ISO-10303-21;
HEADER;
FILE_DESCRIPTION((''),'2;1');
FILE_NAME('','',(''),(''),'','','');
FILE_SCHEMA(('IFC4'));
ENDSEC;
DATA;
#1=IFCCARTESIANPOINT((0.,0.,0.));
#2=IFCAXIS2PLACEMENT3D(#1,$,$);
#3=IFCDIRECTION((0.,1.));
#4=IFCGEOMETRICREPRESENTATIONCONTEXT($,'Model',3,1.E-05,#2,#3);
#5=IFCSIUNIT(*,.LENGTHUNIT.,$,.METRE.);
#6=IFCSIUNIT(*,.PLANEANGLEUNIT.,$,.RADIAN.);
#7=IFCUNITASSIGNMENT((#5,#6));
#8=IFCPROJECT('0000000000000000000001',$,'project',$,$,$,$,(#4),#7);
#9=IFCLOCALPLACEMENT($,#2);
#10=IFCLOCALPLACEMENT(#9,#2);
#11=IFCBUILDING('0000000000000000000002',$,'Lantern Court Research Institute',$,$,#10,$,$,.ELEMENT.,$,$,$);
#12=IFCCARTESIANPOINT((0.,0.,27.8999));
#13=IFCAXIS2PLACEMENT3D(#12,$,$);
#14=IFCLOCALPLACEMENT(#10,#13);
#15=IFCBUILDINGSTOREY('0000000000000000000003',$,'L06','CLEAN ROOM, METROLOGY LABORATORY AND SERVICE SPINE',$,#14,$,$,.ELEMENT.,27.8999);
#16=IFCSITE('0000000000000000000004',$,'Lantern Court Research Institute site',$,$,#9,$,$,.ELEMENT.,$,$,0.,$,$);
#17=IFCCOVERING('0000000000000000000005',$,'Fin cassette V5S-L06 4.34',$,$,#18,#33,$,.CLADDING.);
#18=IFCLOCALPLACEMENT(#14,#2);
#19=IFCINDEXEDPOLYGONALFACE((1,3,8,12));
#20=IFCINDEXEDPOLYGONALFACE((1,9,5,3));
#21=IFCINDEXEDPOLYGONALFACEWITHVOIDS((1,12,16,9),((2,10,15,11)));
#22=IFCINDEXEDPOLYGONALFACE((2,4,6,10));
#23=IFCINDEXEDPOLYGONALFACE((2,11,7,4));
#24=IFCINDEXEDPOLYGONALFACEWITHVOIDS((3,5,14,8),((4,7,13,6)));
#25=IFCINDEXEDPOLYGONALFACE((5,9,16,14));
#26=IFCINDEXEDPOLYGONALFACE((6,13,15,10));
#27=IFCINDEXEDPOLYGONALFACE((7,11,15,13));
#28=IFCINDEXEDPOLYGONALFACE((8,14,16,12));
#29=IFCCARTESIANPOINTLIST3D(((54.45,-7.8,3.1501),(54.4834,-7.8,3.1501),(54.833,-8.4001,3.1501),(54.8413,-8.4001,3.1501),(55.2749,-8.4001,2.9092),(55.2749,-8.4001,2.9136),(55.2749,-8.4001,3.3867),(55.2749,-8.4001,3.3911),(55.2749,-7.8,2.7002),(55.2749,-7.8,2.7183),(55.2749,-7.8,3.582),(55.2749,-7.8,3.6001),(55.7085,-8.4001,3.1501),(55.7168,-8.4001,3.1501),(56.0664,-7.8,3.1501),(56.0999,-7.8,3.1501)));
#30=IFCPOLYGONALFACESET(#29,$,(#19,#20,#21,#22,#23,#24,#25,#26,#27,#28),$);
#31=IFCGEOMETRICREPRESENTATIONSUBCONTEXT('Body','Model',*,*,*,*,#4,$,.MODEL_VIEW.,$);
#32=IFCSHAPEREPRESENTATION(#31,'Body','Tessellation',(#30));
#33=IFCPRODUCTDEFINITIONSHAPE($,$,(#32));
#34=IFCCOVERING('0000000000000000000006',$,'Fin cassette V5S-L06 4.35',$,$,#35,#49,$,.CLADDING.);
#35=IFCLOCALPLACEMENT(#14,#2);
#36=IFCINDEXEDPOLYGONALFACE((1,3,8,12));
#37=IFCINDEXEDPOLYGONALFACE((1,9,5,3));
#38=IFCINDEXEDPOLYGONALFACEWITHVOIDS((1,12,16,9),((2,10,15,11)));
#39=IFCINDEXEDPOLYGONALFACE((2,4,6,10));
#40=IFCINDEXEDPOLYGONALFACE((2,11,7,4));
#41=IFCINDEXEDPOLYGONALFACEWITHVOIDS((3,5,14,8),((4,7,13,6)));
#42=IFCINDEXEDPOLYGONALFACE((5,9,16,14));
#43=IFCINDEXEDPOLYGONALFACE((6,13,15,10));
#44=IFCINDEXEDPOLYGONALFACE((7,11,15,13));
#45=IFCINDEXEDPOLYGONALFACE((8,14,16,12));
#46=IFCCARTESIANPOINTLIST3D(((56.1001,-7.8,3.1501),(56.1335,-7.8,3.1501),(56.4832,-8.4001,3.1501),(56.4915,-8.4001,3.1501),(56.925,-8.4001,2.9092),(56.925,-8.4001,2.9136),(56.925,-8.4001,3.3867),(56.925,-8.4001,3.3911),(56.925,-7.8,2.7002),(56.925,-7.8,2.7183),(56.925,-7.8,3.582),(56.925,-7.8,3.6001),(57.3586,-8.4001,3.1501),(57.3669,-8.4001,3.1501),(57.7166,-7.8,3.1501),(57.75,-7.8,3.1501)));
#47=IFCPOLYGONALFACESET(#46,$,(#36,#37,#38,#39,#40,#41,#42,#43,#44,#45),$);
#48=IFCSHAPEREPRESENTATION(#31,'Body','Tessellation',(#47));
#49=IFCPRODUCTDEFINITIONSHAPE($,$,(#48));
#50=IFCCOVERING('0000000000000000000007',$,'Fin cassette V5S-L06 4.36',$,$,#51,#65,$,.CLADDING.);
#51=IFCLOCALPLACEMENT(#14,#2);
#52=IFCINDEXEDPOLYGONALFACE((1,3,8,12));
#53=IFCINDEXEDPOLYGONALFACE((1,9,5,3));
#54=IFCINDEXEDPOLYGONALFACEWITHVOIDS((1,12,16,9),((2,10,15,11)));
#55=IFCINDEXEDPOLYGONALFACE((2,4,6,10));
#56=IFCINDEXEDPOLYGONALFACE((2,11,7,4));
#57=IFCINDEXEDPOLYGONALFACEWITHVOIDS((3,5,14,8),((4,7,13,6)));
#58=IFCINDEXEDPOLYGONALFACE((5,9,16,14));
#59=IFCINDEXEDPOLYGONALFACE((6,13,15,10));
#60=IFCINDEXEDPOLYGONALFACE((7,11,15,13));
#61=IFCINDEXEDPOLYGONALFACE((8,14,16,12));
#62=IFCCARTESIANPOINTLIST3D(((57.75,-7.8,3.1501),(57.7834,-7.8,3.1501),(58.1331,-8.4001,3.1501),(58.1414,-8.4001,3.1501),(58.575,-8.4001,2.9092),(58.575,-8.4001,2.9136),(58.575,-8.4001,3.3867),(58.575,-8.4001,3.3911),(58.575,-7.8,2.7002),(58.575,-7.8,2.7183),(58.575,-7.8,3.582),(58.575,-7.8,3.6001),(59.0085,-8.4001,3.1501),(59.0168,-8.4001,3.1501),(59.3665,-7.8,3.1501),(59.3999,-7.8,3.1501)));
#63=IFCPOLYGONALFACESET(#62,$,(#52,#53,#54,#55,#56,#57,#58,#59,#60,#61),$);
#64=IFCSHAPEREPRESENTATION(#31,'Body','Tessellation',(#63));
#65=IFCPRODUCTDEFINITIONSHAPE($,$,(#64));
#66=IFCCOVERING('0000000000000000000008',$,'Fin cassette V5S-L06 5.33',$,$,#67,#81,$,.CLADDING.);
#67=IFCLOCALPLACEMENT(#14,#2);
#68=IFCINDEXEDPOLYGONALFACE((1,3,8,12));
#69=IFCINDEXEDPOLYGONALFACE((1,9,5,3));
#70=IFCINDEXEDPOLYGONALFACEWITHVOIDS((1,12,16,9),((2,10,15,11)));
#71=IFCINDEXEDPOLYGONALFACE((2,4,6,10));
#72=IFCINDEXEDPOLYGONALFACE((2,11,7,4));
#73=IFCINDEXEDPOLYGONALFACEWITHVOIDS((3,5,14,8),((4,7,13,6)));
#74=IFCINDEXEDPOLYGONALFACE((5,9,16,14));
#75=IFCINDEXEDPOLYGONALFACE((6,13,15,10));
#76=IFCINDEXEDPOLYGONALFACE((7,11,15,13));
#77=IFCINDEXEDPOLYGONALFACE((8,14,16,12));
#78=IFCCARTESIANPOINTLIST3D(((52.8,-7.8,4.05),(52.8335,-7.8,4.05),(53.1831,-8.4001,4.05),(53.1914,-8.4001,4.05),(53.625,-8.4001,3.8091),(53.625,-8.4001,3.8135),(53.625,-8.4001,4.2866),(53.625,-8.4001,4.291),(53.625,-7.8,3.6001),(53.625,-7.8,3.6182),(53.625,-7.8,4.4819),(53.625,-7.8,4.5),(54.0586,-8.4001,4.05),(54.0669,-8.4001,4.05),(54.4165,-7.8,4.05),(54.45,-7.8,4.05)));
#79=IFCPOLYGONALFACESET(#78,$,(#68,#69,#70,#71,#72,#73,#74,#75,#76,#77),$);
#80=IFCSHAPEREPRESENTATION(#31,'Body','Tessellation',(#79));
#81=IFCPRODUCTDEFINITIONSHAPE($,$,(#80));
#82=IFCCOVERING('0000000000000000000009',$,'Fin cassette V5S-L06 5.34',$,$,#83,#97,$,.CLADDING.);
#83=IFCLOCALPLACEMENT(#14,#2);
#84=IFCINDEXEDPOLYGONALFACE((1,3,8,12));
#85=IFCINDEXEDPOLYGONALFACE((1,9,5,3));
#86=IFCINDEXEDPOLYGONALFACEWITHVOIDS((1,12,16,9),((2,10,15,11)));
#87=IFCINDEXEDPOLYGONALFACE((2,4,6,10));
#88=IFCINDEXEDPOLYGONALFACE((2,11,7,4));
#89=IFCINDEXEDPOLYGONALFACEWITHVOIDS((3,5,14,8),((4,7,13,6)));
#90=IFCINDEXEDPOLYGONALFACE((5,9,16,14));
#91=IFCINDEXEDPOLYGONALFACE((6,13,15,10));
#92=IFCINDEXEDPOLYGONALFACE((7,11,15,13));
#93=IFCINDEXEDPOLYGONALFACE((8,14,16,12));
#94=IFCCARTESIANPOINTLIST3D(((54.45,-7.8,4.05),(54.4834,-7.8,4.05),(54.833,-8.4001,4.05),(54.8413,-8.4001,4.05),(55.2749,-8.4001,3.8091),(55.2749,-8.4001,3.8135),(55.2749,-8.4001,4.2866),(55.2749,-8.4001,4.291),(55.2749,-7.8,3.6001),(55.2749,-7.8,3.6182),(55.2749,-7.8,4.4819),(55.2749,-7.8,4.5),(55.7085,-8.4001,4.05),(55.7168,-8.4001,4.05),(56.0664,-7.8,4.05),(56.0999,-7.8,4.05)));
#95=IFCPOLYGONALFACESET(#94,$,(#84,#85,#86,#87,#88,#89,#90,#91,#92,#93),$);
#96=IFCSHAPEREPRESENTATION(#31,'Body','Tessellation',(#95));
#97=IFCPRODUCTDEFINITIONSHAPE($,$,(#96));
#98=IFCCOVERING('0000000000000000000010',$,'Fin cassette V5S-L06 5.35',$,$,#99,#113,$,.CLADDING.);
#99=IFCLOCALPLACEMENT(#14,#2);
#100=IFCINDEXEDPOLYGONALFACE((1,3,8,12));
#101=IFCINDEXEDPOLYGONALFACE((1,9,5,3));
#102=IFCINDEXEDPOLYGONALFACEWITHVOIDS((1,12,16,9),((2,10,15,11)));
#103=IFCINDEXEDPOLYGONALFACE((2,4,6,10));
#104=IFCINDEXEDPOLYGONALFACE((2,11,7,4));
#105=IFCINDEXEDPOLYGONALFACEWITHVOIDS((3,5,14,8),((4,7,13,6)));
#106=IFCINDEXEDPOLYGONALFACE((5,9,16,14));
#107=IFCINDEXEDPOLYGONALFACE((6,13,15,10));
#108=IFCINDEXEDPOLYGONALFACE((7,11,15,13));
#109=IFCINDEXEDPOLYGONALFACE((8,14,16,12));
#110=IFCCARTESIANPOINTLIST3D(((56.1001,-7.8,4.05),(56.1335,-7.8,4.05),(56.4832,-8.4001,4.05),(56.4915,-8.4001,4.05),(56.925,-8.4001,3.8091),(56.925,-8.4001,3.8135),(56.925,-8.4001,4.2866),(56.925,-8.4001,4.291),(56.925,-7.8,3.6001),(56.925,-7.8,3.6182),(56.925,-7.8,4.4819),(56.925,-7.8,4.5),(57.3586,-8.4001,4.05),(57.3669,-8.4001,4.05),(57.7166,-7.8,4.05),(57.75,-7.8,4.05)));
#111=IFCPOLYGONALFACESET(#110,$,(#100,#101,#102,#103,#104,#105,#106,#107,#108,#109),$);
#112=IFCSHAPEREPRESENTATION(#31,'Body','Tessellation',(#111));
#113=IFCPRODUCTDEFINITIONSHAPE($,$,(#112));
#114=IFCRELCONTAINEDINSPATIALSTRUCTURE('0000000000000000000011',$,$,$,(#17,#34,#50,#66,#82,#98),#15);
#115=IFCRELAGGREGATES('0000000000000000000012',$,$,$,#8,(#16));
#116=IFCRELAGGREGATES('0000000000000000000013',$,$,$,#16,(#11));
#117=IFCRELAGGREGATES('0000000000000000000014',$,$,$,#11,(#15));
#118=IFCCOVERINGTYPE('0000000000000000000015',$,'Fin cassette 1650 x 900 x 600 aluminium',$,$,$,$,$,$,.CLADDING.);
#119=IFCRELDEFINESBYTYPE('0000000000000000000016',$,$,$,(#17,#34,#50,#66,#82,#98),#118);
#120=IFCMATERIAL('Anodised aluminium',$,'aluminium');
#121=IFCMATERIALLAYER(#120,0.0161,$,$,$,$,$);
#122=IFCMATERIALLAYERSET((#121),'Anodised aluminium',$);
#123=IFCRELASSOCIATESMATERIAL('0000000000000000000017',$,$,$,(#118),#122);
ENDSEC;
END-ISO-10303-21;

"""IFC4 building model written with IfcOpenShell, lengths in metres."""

from ifc_helpers import new_model, entity, si_unit, direction, frame, origin, place, context, subcontext, project, spatial, material, layer, layer_set, type_object, element, save


model = new_model("IFC4")

# Units and contexts
model_context = context("Model", 3, precision=1e-05, world=origin(), true_north=direction((0.0, 1.0)))
body_context = subcontext(model_context, "Body", "Model", "MODEL_VIEW")
ifc_project = project(units=[si_unit("LENGTHUNIT", "METRE"), si_unit("PLANEANGLEUNIT", "RADIAN")], contexts=[model_context])

# Site, building, storey
site_placement = place(None, origin())
site = spatial("IfcSite", under=ifc_project, at=site_placement, Name="Lantern Court Research Institute site", CompositionType="ELEMENT", RefElevation=0.0)
building_placement = place(site_placement, origin())
building = spatial("IfcBuilding", under=site, at=building_placement, Name="Lantern Court Research Institute", CompositionType="ELEMENT")
storey_placement = place(building_placement, frame((0.0, 0.0, 27.8999)))
storey = spatial("IfcBuildingStorey", under=building, at=storey_placement, Name="L06", Description="CLEAN ROOM, METROLOGY LABORATORY AND SERVICE SPINE", CompositionType="ELEMENT", Elevation=27.8999)

# Coverings
ifc_material_1 = material(Name="Anodised aluminium", Category="aluminium")
ifc_layer = layer(ifc_material_1, 0.0161)
ifc_layer_set = layer_set([ifc_layer], Name="Anodised aluminium")
covering_type = type_object("IfcCoveringType", Name="Fin cassette 1650 x 900 x 600 aluminium", PredefinedType="CLADDING", material=ifc_layer_set)
covering_1_placement = place(storey_placement, frame((55.2749, -7.8, 3.1501), z_axis=(0.0, -1.0, 0.0), x_axis=(1.0, 0.0, 0.0)))
cartesian_point_1 = entity("IfcCartesianPoint", [0.825, 0.0])
cartesian_point_2 = entity("IfcCartesianPoint", [0.7915, 0.0])
cartesian_point_3 = entity("IfcCartesianPoint", [0.4419, 0.0])
cartesian_point_4 = entity("IfcCartesianPoint", [0.4336, 0.0])
element("IfcCovering", 1, at=covering_1_placement, inside=storey, type_object=covering_type, Name="Fin cassette V5S-L06 4.34", PredefinedType="CLADDING", context=body_context, shape_type="SweptSolid", body=[
    entity("IfcExtrudedAreaSolidTapered", entity("IfcArbitraryProfileDefWithVoids", "AREA", None, entity("IfcPolyline", [cartesian_point_1, entity("IfcCartesianPoint", [0.0, 0.45]), entity("IfcCartesianPoint", [-0.825, 0.0]), entity("IfcCartesianPoint", [0.0, -0.45]), cartesian_point_1]), [entity("IfcPolyline", [cartesian_point_2, entity("IfcCartesianPoint", [0.0, 0.4319]), entity("IfcCartesianPoint", [-0.7915, 0.0]), entity("IfcCartesianPoint", [0.0, -0.4319]), cartesian_point_2])]), entity("IfcAxis2Placement3D", entity("IfcCartesianPoint", [0.0, 0.0, 0.0])), entity("IfcDirection", [0.0, 0.0, 1.0]), 0.6001, entity("IfcArbitraryProfileDefWithVoids", "AREA", None, entity("IfcPolyline", [cartesian_point_3, entity("IfcCartesianPoint", [0.0, 0.241]), entity("IfcCartesianPoint", [-0.4419, 0.0]), entity("IfcCartesianPoint", [0.0, -0.241]), cartesian_point_3]), [entity("IfcPolyline", [cartesian_point_4, entity("IfcCartesianPoint", [0.0, 0.2366]), entity("IfcCartesianPoint", [-0.4336, 0.0]), entity("IfcCartesianPoint", [0.0, -0.2366]), cartesian_point_4])])),
])
covering_2_placement = place(storey_placement, frame((56.925, -7.8, 3.1501), z_axis=(0.0, -1.0, 0.0), x_axis=(1.0, 0.0, 0.0)))
cartesian_point_5 = entity("IfcCartesianPoint", [0.825, 0.0])
cartesian_point_6 = entity("IfcCartesianPoint", [0.7915, 0.0])
cartesian_point_7 = entity("IfcCartesianPoint", [0.4419, 0.0])
cartesian_point_8 = entity("IfcCartesianPoint", [0.4336, 0.0])
element("IfcCovering", 2, at=covering_2_placement, inside=storey, type_object=covering_type, Name="Fin cassette V5S-L06 4.35", PredefinedType="CLADDING", context=body_context, shape_type="SweptSolid", body=[
    entity("IfcExtrudedAreaSolidTapered", entity("IfcArbitraryProfileDefWithVoids", "AREA", None, entity("IfcPolyline", [cartesian_point_5, entity("IfcCartesianPoint", [0.0, 0.45]), entity("IfcCartesianPoint", [-0.825, 0.0]), entity("IfcCartesianPoint", [0.0, -0.45]), cartesian_point_5]), [entity("IfcPolyline", [cartesian_point_6, entity("IfcCartesianPoint", [0.0, 0.4319]), entity("IfcCartesianPoint", [-0.7915, 0.0]), entity("IfcCartesianPoint", [0.0, -0.4319]), cartesian_point_6])]), entity("IfcAxis2Placement3D", entity("IfcCartesianPoint", [0.0, 0.0, 0.0])), entity("IfcDirection", [0.0, 0.0, 1.0]), 0.6001, entity("IfcArbitraryProfileDefWithVoids", "AREA", None, entity("IfcPolyline", [cartesian_point_7, entity("IfcCartesianPoint", [0.0, 0.241]), entity("IfcCartesianPoint", [-0.4419, 0.0]), entity("IfcCartesianPoint", [0.0, -0.241]), cartesian_point_7]), [entity("IfcPolyline", [cartesian_point_8, entity("IfcCartesianPoint", [0.0, 0.2366]), entity("IfcCartesianPoint", [-0.4336, 0.0]), entity("IfcCartesianPoint", [0.0, -0.2366]), cartesian_point_8])])),
])
covering_3_placement = place(storey_placement, frame((58.575, -7.8, 3.1501), z_axis=(0.0, -1.0, 0.0), x_axis=(1.0, 0.0, 0.0)))
cartesian_point_9 = entity("IfcCartesianPoint", [0.825, 0.0])
cartesian_point_10 = entity("IfcCartesianPoint", [0.7915, 0.0])
cartesian_point_11 = entity("IfcCartesianPoint", [0.4419, 0.0])
cartesian_point_12 = entity("IfcCartesianPoint", [0.4336, 0.0])
element("IfcCovering", 3, at=covering_3_placement, inside=storey, type_object=covering_type, Name="Fin cassette V5S-L06 4.36", PredefinedType="CLADDING", context=body_context, shape_type="SweptSolid", body=[
    entity("IfcExtrudedAreaSolidTapered", entity("IfcArbitraryProfileDefWithVoids", "AREA", None, entity("IfcPolyline", [cartesian_point_9, entity("IfcCartesianPoint", [0.0, 0.45]), entity("IfcCartesianPoint", [-0.825, 0.0]), entity("IfcCartesianPoint", [0.0, -0.45]), cartesian_point_9]), [entity("IfcPolyline", [cartesian_point_10, entity("IfcCartesianPoint", [0.0, 0.4319]), entity("IfcCartesianPoint", [-0.7915, 0.0]), entity("IfcCartesianPoint", [0.0, -0.4319]), cartesian_point_10])]), entity("IfcAxis2Placement3D", entity("IfcCartesianPoint", [0.0, 0.0, 0.0])), entity("IfcDirection", [0.0, 0.0, 1.0]), 0.6001, entity("IfcArbitraryProfileDefWithVoids", "AREA", None, entity("IfcPolyline", [cartesian_point_11, entity("IfcCartesianPoint", [0.0, 0.241]), entity("IfcCartesianPoint", [-0.4419, 0.0]), entity("IfcCartesianPoint", [0.0, -0.241]), cartesian_point_11]), [entity("IfcPolyline", [cartesian_point_12, entity("IfcCartesianPoint", [0.0, 0.2366]), entity("IfcCartesianPoint", [-0.4336, 0.0]), entity("IfcCartesianPoint", [0.0, -0.2366]), cartesian_point_12])])),
])
covering_4_placement = place(storey_placement, frame((53.625, -7.8, 4.05), z_axis=(0.0, -1.0, 0.0), x_axis=(1.0, 0.0, 0.0)))
cartesian_point_13 = entity("IfcCartesianPoint", [0.825, 0.0])
cartesian_point_14 = entity("IfcCartesianPoint", [0.7915, 0.0])
cartesian_point_15 = entity("IfcCartesianPoint", [0.4419, 0.0])
cartesian_point_16 = entity("IfcCartesianPoint", [0.4336, 0.0])
element("IfcCovering", 4, at=covering_4_placement, inside=storey, type_object=covering_type, Name="Fin cassette V5S-L06 5.33", PredefinedType="CLADDING", context=body_context, shape_type="SweptSolid", body=[
    entity("IfcExtrudedAreaSolidTapered", entity("IfcArbitraryProfileDefWithVoids", "AREA", None, entity("IfcPolyline", [cartesian_point_13, entity("IfcCartesianPoint", [0.0, 0.45]), entity("IfcCartesianPoint", [-0.825, 0.0]), entity("IfcCartesianPoint", [0.0, -0.45]), cartesian_point_13]), [entity("IfcPolyline", [cartesian_point_14, entity("IfcCartesianPoint", [0.0, 0.4319]), entity("IfcCartesianPoint", [-0.7915, 0.0]), entity("IfcCartesianPoint", [0.0, -0.4319]), cartesian_point_14])]), entity("IfcAxis2Placement3D", entity("IfcCartesianPoint", [0.0, 0.0, 0.0])), entity("IfcDirection", [0.0, 0.0, 1.0]), 0.6001, entity("IfcArbitraryProfileDefWithVoids", "AREA", None, entity("IfcPolyline", [cartesian_point_15, entity("IfcCartesianPoint", [0.0, 0.241]), entity("IfcCartesianPoint", [-0.4419, 0.0]), entity("IfcCartesianPoint", [0.0, -0.241]), cartesian_point_15]), [entity("IfcPolyline", [cartesian_point_16, entity("IfcCartesianPoint", [0.0, 0.2366]), entity("IfcCartesianPoint", [-0.4336, 0.0]), entity("IfcCartesianPoint", [0.0, -0.2366]), cartesian_point_16])])),
])
covering_5_placement = place(storey_placement, frame((55.2749, -7.8, 4.05), z_axis=(0.0, -1.0, 0.0), x_axis=(1.0, 0.0, 0.0)))
cartesian_point_17 = entity("IfcCartesianPoint", [0.825, 0.0])
cartesian_point_18 = entity("IfcCartesianPoint", [0.7915, 0.0])
cartesian_point_19 = entity("IfcCartesianPoint", [0.4419, 0.0])
cartesian_point_20 = entity("IfcCartesianPoint", [0.4336, 0.0])
element("IfcCovering", 5, at=covering_5_placement, inside=storey, type_object=covering_type, Name="Fin cassette V5S-L06 5.34", PredefinedType="CLADDING", context=body_context, shape_type="SweptSolid", body=[
    entity("IfcExtrudedAreaSolidTapered", entity("IfcArbitraryProfileDefWithVoids", "AREA", None, entity("IfcPolyline", [cartesian_point_17, entity("IfcCartesianPoint", [0.0, 0.45]), entity("IfcCartesianPoint", [-0.825, 0.0]), entity("IfcCartesianPoint", [0.0, -0.45]), cartesian_point_17]), [entity("IfcPolyline", [cartesian_point_18, entity("IfcCartesianPoint", [0.0, 0.4319]), entity("IfcCartesianPoint", [-0.7915, 0.0]), entity("IfcCartesianPoint", [0.0, -0.4319]), cartesian_point_18])]), entity("IfcAxis2Placement3D", entity("IfcCartesianPoint", [0.0, 0.0, 0.0])), entity("IfcDirection", [0.0, 0.0, 1.0]), 0.6001, entity("IfcArbitraryProfileDefWithVoids", "AREA", None, entity("IfcPolyline", [cartesian_point_19, entity("IfcCartesianPoint", [0.0, 0.241]), entity("IfcCartesianPoint", [-0.4419, 0.0]), entity("IfcCartesianPoint", [0.0, -0.241]), cartesian_point_19]), [entity("IfcPolyline", [cartesian_point_20, entity("IfcCartesianPoint", [0.0, 0.2366]), entity("IfcCartesianPoint", [-0.4336, 0.0]), entity("IfcCartesianPoint", [0.0, -0.2366]), cartesian_point_20])])),
])
covering_6_placement = place(storey_placement, frame((56.925, -7.8, 4.05), z_axis=(0.0, -1.0, 0.0), x_axis=(1.0, 0.0, 0.0)))
cartesian_point_21 = entity("IfcCartesianPoint", [0.825, 0.0])
cartesian_point_22 = entity("IfcCartesianPoint", [0.7915, 0.0])
cartesian_point_23 = entity("IfcCartesianPoint", [0.4419, 0.0])
cartesian_point_24 = entity("IfcCartesianPoint", [0.4336, 0.0])
element("IfcCovering", 6, at=covering_6_placement, inside=storey, type_object=covering_type, Name="Fin cassette V5S-L06 5.35", PredefinedType="CLADDING", context=body_context, shape_type="SweptSolid", body=[
    entity("IfcExtrudedAreaSolidTapered", entity("IfcArbitraryProfileDefWithVoids", "AREA", None, entity("IfcPolyline", [cartesian_point_21, entity("IfcCartesianPoint", [0.0, 0.45]), entity("IfcCartesianPoint", [-0.825, 0.0]), entity("IfcCartesianPoint", [0.0, -0.45]), cartesian_point_21]), [entity("IfcPolyline", [cartesian_point_22, entity("IfcCartesianPoint", [0.0, 0.4319]), entity("IfcCartesianPoint", [-0.7915, 0.0]), entity("IfcCartesianPoint", [0.0, -0.4319]), cartesian_point_22])]), entity("IfcAxis2Placement3D", entity("IfcCartesianPoint", [0.0, 0.0, 0.0])), entity("IfcDirection", [0.0, 0.0, 1.0]), 0.6001, entity("IfcArbitraryProfileDefWithVoids", "AREA", None, entity("IfcPolyline", [cartesian_point_23, entity("IfcCartesianPoint", [0.0, 0.241]), entity("IfcCartesianPoint", [-0.4419, 0.0]), entity("IfcCartesianPoint", [0.0, -0.241]), cartesian_point_23]), [entity("IfcPolyline", [cartesian_point_24, entity("IfcCartesianPoint", [0.0, 0.2366]), entity("IfcCartesianPoint", [-0.4336, 0.0]), entity("IfcCartesianPoint", [0.0, -0.2366]), cartesian_point_24])])),
])

save(model, "model.ifc")
